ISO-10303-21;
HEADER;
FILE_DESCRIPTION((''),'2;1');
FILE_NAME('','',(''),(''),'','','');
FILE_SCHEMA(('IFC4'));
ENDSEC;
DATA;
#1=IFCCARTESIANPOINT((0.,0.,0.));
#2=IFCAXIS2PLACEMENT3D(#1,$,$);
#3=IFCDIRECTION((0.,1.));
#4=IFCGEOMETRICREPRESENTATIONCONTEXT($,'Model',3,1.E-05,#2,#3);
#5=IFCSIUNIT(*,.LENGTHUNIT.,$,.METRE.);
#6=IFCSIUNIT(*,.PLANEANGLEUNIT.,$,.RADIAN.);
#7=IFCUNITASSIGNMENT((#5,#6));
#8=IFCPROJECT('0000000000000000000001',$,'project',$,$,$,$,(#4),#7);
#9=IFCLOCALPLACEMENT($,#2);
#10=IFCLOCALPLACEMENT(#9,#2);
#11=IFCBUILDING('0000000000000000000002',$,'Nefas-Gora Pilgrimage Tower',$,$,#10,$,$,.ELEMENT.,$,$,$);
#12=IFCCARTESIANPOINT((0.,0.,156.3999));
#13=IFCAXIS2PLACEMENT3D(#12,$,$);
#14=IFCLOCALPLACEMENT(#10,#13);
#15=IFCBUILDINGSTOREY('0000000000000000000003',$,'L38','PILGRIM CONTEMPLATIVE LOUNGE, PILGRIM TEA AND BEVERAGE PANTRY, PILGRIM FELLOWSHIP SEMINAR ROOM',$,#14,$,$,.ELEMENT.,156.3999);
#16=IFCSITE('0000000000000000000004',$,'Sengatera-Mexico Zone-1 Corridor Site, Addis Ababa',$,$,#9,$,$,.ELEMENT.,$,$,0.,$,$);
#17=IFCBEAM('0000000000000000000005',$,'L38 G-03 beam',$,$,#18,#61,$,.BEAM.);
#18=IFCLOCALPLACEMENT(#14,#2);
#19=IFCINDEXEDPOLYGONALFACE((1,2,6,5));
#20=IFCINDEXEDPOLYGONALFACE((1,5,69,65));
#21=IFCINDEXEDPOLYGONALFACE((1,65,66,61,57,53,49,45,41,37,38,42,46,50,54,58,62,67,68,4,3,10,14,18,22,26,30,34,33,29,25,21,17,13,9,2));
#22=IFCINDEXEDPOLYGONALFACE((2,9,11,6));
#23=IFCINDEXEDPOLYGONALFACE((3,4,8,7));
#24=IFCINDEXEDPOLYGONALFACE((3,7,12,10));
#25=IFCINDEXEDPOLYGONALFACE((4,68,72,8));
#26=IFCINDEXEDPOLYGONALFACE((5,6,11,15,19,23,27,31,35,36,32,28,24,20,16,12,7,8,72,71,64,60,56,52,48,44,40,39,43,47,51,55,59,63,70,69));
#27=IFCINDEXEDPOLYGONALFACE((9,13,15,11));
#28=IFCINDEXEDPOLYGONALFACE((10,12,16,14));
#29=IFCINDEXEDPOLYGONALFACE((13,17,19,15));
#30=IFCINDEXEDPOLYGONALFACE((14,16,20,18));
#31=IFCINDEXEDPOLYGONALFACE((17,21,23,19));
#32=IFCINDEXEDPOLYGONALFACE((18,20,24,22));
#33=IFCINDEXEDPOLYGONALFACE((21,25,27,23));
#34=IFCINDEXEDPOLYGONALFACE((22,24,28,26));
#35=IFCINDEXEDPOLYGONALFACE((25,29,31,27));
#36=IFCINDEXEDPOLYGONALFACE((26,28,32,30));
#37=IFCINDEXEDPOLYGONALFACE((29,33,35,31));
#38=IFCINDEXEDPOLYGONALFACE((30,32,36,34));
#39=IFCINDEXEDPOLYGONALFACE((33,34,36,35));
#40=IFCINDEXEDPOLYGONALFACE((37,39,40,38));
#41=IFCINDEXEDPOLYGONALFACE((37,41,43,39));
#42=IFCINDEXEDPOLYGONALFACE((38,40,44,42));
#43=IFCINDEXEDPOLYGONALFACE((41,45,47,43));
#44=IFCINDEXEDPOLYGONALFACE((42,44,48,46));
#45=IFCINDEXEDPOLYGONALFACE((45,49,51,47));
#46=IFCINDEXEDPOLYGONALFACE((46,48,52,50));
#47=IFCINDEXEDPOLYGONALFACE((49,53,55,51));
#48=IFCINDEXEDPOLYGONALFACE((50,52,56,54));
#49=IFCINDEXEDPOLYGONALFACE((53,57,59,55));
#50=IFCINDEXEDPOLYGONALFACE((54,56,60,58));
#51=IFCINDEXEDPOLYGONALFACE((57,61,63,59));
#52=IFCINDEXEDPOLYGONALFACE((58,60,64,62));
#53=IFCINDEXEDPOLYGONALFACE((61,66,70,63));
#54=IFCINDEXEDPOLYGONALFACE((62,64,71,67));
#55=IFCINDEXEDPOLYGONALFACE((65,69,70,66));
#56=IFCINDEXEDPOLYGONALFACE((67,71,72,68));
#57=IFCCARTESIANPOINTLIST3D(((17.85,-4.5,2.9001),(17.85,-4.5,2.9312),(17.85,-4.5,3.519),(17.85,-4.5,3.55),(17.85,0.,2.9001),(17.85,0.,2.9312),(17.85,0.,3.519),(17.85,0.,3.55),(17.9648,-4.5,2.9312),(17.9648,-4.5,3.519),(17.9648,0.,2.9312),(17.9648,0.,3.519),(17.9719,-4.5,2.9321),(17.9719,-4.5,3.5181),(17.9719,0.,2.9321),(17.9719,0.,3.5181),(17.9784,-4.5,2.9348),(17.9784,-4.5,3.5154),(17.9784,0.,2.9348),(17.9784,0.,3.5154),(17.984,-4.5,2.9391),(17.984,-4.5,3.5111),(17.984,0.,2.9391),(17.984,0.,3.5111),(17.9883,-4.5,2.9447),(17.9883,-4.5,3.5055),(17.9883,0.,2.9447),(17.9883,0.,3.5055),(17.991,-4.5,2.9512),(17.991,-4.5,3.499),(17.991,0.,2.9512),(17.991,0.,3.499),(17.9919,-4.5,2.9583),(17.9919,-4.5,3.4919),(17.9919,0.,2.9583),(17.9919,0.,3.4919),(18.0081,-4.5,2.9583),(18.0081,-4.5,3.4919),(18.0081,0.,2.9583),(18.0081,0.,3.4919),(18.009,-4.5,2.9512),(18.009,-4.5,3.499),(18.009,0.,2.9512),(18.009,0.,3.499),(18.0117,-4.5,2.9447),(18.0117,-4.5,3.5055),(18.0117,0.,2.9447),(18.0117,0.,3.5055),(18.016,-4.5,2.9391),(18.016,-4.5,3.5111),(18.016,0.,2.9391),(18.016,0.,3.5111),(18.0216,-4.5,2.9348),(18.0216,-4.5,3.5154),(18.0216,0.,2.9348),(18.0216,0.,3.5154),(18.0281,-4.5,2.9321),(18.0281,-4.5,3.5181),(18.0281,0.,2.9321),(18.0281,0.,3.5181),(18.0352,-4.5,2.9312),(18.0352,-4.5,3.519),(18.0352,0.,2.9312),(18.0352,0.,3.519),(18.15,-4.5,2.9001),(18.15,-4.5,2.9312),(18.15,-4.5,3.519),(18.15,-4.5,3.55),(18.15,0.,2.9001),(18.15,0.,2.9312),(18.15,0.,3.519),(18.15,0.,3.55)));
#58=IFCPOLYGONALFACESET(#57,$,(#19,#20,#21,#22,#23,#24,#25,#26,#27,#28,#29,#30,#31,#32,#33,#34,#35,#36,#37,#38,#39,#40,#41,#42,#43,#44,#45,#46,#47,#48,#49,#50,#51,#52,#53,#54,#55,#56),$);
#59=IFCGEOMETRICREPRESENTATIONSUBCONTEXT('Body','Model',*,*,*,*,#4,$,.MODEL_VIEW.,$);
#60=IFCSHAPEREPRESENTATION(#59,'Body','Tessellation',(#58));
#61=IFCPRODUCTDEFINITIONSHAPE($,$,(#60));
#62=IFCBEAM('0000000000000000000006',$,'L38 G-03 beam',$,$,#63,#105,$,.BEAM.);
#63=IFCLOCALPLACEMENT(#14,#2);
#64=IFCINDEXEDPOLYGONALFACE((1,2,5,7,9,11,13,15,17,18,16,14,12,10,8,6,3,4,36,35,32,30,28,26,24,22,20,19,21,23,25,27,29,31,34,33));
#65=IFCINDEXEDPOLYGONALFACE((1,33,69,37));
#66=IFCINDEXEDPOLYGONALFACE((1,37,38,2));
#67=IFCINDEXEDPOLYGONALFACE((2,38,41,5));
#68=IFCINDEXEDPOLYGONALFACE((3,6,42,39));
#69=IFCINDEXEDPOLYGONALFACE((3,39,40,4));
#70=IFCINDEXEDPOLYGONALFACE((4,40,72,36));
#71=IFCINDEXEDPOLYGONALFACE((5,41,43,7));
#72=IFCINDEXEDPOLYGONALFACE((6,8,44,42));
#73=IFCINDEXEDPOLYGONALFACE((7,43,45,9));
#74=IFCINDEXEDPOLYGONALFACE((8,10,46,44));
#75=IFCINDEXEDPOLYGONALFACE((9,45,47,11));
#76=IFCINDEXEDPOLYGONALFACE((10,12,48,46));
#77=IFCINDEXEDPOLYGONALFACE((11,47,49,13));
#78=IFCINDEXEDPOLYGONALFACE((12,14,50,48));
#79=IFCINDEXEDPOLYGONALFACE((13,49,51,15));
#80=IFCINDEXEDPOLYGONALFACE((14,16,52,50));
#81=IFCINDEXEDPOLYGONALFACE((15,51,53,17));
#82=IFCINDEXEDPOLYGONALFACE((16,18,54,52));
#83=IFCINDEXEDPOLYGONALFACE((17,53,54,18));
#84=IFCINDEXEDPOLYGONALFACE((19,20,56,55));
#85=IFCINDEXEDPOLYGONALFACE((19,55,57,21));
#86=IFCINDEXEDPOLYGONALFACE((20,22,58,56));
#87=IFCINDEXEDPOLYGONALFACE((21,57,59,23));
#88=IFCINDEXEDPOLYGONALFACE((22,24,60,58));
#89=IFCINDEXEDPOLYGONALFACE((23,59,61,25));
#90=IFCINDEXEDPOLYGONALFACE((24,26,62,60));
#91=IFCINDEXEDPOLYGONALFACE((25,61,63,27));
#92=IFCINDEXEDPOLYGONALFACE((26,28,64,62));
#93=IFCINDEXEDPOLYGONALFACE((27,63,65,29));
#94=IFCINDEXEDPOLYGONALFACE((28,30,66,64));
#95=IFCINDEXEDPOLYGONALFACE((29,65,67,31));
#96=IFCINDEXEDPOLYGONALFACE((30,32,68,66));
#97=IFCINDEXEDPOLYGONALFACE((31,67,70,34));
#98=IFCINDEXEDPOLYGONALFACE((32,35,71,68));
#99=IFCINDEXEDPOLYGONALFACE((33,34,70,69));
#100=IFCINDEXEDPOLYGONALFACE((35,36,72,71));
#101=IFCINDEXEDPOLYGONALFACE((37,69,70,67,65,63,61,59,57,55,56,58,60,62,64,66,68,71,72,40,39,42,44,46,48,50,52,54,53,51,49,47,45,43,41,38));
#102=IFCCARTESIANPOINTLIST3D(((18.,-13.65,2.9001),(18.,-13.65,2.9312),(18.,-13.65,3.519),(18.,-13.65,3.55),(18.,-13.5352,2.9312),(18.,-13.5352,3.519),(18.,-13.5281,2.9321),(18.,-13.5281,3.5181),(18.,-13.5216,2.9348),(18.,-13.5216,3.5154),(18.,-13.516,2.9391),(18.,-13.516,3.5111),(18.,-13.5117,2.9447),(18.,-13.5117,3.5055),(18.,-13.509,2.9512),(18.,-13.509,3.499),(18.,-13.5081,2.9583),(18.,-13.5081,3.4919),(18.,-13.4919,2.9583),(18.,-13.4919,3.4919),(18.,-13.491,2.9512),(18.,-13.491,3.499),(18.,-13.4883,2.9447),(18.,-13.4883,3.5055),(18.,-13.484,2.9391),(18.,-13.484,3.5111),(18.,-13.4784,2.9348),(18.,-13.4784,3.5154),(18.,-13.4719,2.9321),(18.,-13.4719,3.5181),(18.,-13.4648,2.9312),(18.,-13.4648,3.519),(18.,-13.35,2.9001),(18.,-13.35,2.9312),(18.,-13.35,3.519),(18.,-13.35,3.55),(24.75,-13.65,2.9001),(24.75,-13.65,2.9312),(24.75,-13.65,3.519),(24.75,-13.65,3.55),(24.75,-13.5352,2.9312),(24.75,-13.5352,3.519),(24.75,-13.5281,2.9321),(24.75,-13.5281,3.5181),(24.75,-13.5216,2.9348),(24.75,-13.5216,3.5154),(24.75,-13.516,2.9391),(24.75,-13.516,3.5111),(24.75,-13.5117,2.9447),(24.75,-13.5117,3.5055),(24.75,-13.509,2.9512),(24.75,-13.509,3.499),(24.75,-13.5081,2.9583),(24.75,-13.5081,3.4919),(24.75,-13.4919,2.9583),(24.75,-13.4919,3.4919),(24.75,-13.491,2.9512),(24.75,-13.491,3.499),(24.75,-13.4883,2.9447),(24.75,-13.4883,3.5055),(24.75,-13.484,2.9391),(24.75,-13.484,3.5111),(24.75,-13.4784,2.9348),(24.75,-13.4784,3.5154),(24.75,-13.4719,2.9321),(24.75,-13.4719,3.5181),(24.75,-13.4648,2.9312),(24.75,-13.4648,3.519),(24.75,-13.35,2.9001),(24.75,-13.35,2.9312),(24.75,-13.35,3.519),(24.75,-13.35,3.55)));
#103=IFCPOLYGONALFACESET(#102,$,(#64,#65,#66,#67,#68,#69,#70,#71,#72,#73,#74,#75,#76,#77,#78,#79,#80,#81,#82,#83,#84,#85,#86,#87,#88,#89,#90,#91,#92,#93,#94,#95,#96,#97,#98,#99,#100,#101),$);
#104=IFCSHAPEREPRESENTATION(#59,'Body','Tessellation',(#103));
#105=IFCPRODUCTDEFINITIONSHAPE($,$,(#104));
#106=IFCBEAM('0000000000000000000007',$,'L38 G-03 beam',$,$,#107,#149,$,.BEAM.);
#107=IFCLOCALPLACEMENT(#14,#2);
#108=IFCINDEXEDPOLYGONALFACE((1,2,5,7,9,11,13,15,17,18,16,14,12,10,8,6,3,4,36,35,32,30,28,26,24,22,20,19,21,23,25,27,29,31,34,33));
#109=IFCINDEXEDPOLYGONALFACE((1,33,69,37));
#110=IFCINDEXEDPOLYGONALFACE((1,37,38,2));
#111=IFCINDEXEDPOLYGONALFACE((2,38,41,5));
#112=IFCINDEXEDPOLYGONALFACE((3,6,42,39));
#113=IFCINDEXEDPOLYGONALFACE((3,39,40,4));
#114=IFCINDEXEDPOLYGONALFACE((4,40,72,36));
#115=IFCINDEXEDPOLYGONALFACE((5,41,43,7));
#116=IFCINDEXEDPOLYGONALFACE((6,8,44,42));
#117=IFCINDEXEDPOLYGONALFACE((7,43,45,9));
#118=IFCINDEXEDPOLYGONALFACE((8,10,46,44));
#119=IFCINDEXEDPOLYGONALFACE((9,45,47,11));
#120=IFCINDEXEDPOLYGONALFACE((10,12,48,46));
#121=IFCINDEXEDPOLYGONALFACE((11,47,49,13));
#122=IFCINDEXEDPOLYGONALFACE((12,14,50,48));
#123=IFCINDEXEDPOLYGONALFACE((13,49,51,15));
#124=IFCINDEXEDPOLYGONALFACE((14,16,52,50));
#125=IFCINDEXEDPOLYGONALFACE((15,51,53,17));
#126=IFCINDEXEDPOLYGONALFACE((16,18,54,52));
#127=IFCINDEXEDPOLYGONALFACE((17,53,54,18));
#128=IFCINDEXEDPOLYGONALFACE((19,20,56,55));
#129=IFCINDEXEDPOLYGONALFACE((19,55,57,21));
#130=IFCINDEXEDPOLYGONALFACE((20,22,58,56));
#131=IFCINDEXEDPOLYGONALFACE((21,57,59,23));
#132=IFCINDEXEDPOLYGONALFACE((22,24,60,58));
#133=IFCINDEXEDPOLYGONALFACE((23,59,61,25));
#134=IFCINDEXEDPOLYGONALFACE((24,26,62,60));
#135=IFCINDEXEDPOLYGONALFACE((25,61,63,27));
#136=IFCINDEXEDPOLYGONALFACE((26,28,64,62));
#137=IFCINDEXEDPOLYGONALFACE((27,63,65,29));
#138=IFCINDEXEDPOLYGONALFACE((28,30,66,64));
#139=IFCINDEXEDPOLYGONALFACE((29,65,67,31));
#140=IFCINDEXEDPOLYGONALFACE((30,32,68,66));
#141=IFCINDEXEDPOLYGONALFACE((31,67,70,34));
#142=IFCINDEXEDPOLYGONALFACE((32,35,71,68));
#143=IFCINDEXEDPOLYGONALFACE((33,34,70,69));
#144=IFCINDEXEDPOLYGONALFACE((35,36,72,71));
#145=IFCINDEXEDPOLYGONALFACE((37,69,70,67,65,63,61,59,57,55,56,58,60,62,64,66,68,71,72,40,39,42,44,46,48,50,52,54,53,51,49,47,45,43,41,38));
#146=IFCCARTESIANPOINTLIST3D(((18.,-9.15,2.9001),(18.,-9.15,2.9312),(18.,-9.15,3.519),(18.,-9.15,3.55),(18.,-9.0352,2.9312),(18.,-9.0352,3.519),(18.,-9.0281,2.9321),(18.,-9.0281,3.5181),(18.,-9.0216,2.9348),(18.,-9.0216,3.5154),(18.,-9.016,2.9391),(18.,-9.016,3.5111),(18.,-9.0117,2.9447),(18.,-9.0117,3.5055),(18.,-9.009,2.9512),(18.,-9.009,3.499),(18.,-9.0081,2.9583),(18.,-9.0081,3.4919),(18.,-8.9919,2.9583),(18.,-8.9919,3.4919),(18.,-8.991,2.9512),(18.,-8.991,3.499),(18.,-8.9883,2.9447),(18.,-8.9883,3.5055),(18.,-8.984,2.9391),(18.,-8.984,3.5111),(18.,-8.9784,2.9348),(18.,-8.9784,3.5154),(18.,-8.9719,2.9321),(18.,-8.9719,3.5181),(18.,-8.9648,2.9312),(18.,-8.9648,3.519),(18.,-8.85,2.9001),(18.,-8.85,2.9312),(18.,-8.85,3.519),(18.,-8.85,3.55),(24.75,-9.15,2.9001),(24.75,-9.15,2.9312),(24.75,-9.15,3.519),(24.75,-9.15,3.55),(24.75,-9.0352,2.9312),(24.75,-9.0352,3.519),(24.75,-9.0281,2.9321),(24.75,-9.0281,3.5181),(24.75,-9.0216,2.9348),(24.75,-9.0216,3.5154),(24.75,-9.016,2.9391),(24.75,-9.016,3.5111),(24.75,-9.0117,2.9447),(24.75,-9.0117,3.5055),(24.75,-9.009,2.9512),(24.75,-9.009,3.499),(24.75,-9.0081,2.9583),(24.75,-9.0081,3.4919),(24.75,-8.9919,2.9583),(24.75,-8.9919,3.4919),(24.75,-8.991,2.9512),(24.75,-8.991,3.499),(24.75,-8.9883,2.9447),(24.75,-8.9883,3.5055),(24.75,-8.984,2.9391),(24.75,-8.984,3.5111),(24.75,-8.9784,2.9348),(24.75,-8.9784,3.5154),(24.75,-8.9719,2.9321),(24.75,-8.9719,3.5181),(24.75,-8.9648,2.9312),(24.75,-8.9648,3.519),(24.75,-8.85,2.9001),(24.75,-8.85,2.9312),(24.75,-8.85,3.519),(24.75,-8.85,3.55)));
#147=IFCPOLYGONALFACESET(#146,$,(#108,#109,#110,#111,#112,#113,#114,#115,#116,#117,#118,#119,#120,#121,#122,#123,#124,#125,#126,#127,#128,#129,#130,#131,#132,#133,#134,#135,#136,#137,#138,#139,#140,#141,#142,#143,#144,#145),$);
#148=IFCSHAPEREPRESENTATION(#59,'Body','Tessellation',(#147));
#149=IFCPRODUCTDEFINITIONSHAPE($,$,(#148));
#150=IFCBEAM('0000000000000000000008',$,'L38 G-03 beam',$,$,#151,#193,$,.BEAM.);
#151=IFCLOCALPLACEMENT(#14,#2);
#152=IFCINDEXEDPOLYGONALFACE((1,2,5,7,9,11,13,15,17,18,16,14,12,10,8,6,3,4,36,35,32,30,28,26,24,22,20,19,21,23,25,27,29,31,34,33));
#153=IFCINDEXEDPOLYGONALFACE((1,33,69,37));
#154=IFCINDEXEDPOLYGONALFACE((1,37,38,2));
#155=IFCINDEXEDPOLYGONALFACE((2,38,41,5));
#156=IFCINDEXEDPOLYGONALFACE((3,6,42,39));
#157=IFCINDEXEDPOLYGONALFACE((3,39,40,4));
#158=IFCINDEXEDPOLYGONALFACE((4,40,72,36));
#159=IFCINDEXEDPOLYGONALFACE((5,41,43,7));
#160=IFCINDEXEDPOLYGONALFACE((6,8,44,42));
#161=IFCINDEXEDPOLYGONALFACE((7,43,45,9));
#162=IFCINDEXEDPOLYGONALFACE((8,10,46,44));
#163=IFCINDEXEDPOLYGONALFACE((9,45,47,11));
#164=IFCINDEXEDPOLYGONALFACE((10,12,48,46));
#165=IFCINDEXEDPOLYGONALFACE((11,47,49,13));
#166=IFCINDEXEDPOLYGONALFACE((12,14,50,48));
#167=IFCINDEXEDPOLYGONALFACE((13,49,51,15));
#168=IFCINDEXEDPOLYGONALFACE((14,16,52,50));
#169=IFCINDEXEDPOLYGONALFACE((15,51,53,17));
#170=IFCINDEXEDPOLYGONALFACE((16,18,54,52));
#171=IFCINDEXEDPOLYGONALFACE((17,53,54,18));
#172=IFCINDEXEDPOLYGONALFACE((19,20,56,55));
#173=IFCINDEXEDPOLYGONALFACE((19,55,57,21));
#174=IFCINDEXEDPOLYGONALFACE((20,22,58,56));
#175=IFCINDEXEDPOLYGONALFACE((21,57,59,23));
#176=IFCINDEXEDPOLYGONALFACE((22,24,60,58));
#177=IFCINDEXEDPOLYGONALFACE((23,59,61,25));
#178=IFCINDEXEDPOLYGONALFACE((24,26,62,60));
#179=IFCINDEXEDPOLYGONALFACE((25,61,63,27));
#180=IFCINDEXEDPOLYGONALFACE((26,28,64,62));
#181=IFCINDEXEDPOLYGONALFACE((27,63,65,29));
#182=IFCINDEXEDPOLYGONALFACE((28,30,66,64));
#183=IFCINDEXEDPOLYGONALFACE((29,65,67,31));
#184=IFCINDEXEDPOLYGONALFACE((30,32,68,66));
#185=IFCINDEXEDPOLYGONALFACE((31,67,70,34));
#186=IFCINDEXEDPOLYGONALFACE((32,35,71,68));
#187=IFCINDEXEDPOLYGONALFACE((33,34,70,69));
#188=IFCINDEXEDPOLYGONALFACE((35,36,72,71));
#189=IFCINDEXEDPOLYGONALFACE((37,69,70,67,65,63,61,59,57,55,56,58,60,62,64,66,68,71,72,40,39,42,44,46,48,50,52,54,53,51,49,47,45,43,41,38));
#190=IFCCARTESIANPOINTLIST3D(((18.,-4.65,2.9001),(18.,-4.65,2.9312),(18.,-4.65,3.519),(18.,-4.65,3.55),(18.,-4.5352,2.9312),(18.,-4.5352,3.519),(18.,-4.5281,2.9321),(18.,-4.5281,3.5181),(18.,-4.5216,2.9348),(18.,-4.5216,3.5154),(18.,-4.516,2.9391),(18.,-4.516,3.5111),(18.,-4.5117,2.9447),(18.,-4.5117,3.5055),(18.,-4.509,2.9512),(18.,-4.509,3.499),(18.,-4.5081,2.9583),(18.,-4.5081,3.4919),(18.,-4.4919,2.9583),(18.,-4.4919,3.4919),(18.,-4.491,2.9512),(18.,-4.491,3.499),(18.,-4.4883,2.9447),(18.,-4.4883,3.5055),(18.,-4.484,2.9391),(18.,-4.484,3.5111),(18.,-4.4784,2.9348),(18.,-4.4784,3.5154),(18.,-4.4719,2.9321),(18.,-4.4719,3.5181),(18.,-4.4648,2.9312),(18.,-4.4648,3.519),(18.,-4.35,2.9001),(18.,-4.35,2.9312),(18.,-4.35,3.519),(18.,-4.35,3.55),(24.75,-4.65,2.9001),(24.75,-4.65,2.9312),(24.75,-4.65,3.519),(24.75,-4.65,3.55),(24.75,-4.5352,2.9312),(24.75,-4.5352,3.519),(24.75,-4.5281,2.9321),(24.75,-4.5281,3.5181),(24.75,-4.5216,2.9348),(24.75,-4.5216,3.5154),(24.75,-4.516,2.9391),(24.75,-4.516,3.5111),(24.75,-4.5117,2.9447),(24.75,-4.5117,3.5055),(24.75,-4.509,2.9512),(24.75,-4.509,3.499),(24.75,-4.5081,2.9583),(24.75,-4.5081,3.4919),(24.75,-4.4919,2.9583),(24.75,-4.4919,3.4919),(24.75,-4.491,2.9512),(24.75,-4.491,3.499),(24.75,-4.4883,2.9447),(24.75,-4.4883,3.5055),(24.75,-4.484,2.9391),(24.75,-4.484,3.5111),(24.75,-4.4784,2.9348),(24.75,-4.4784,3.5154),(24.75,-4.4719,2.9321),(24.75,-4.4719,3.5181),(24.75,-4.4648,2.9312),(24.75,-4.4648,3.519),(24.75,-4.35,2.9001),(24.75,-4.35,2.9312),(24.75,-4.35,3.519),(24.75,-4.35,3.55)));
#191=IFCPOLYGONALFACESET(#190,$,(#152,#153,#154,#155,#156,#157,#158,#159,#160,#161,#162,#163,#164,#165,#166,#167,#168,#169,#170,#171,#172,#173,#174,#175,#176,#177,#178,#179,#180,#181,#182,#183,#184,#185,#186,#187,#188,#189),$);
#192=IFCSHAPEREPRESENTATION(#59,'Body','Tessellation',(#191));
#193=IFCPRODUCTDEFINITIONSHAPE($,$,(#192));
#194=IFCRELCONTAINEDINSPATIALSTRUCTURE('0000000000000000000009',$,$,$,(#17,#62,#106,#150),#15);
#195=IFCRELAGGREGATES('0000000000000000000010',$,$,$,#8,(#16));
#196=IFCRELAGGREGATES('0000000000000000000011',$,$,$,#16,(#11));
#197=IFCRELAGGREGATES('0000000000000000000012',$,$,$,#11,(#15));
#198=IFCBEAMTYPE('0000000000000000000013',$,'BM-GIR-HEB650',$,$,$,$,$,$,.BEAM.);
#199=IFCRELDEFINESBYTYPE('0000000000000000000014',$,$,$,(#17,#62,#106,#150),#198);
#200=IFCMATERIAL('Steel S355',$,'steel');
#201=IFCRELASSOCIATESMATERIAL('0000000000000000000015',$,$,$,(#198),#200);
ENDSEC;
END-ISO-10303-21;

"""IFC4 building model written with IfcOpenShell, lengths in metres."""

from ifc_helpers import new_model, si_unit, direction, frame, origin, origin_2d, place, context, subcontext, project, spatial, i_section, extrude, source, transform, mapped, material, material_profile, profile_set, type_object, element, save


model = new_model("IFC4")

# Units and contexts
model_context = context("Model", 3, precision=1e-05, world=origin(), true_north=direction((0.0, 1.0)))
body_context = subcontext(model_context, "Body", "Model", "MODEL_VIEW")
ifc_project = project(units=[si_unit("LENGTHUNIT", "METRE"), si_unit("PLANEANGLEUNIT", "RADIAN")], contexts=[model_context])

# Site, building, storey
site_placement = place(None, origin())
site = spatial("IfcSite", under=ifc_project, at=site_placement, Name="Sengatera-Mexico Zone-1 Corridor Site, Addis Ababa", CompositionType="ELEMENT", RefElevation=0.0)
building_placement = place(site_placement, origin())
building = spatial("IfcBuilding", under=site, at=building_placement, Name="Nefas-Gora Pilgrimage Tower", CompositionType="ELEMENT")
storey_placement = place(building_placement, frame((0.0, 0.0, 156.3999)))
storey = spatial("IfcBuildingStorey", under=building, at=storey_placement, Name="L38", Description="PILGRIM CONTEMPLATIVE LOUNGE, PILGRIM TEA AND BEVERAGE PANTRY, PILGRIM FELLOWSHIP SEMINAR ROOM", CompositionType="ELEMENT", Elevation=156.3999)

# Beams
ifc_material_1 = material(Name="Steel S355", Category="steel")
ifc_material_profile_1 = material_profile(ifc_material_1, i_section(OverallWidth=0.3, OverallDepth=0.6499, WebThickness=0.0161, FlangeThickness=0.031, FilletRadius=0.0271, at=origin_2d()), Name="HEB 650")
ifc_profile_set_1 = profile_set([ifc_material_profile_1], Name="Steel S355")
beam_type_1 = type_object("IfcBeamType", Name="BM-GIR-HEB650", PredefinedType="BEAM", material=ifc_profile_set_1)
shared_shape_1 = source(origin(), body_context, "Body", "SweptSolid", [
    extrude(i_section(OverallWidth=0.3, OverallDepth=0.6499, WebThickness=0.0161, FlangeThickness=0.031, FilletRadius=0.0271, at=origin_2d()), origin(), (0.0, 0.0, 1.0), 4.5),
])
for number, where, z_axis, x_axis, name in (
    (1, (18.0, -4.5, 3.2251), (0.0, 1.0, 0.0), (-1.0, 0.0, 0.0), "L38 G-03 beam"),
):
    element("IfcBeam", number, at=place(storey_placement, frame(where, z_axis=z_axis, x_axis=x_axis)), inside=storey, type_object=beam_type_1, Name=name, PredefinedType="BEAM", context=body_context, shape_type="MappedRepresentation", body=[
        mapped(shared_shape_1, transform((0.0, 0.0, 0.0), x_axis=(1.0, 0.0, 0.0), y_axis=(0.0, 1.0, 0.0), z_axis=(0.0, 0.0, 1.0), scale=1.0)),
    ])
shared_shape_2 = source(origin(), body_context, "Body", "SweptSolid", [
    extrude(i_section(OverallWidth=0.3, OverallDepth=0.6499, WebThickness=0.0161, FlangeThickness=0.031, FilletRadius=0.0271, at=origin_2d()), origin(), (0.0, 0.0, 1.0), 6.75),
])
for number, where, z_axis, x_axis, name in (
    (2, (18.0, -13.5, 3.2251), (1.0, 0.0, 0.0), (0.0, 1.0, 0.0), "L38 G-03 beam"),
    (3, (18.0, -9.0, 3.2251), (1.0, 0.0, 0.0), (0.0, 1.0, 0.0), "L38 G-03 beam"),
    (4, (18.0, -4.5, 3.2251), (1.0, 0.0, 0.0), (0.0, 1.0, 0.0), "L38 G-03 beam"),
):
    element("IfcBeam", number, at=place(storey_placement, frame(where, z_axis=z_axis, x_axis=x_axis)), inside=storey, type_object=beam_type_1, Name=name, PredefinedType="BEAM", context=body_context, shape_type="MappedRepresentation", body=[
        mapped(shared_shape_2, transform((0.0, 0.0, 0.0), x_axis=(1.0, 0.0, 0.0), y_axis=(0.0, 1.0, 0.0), z_axis=(0.0, 0.0, 1.0), scale=1.0)),
    ])

save(model, "model.ifc")
